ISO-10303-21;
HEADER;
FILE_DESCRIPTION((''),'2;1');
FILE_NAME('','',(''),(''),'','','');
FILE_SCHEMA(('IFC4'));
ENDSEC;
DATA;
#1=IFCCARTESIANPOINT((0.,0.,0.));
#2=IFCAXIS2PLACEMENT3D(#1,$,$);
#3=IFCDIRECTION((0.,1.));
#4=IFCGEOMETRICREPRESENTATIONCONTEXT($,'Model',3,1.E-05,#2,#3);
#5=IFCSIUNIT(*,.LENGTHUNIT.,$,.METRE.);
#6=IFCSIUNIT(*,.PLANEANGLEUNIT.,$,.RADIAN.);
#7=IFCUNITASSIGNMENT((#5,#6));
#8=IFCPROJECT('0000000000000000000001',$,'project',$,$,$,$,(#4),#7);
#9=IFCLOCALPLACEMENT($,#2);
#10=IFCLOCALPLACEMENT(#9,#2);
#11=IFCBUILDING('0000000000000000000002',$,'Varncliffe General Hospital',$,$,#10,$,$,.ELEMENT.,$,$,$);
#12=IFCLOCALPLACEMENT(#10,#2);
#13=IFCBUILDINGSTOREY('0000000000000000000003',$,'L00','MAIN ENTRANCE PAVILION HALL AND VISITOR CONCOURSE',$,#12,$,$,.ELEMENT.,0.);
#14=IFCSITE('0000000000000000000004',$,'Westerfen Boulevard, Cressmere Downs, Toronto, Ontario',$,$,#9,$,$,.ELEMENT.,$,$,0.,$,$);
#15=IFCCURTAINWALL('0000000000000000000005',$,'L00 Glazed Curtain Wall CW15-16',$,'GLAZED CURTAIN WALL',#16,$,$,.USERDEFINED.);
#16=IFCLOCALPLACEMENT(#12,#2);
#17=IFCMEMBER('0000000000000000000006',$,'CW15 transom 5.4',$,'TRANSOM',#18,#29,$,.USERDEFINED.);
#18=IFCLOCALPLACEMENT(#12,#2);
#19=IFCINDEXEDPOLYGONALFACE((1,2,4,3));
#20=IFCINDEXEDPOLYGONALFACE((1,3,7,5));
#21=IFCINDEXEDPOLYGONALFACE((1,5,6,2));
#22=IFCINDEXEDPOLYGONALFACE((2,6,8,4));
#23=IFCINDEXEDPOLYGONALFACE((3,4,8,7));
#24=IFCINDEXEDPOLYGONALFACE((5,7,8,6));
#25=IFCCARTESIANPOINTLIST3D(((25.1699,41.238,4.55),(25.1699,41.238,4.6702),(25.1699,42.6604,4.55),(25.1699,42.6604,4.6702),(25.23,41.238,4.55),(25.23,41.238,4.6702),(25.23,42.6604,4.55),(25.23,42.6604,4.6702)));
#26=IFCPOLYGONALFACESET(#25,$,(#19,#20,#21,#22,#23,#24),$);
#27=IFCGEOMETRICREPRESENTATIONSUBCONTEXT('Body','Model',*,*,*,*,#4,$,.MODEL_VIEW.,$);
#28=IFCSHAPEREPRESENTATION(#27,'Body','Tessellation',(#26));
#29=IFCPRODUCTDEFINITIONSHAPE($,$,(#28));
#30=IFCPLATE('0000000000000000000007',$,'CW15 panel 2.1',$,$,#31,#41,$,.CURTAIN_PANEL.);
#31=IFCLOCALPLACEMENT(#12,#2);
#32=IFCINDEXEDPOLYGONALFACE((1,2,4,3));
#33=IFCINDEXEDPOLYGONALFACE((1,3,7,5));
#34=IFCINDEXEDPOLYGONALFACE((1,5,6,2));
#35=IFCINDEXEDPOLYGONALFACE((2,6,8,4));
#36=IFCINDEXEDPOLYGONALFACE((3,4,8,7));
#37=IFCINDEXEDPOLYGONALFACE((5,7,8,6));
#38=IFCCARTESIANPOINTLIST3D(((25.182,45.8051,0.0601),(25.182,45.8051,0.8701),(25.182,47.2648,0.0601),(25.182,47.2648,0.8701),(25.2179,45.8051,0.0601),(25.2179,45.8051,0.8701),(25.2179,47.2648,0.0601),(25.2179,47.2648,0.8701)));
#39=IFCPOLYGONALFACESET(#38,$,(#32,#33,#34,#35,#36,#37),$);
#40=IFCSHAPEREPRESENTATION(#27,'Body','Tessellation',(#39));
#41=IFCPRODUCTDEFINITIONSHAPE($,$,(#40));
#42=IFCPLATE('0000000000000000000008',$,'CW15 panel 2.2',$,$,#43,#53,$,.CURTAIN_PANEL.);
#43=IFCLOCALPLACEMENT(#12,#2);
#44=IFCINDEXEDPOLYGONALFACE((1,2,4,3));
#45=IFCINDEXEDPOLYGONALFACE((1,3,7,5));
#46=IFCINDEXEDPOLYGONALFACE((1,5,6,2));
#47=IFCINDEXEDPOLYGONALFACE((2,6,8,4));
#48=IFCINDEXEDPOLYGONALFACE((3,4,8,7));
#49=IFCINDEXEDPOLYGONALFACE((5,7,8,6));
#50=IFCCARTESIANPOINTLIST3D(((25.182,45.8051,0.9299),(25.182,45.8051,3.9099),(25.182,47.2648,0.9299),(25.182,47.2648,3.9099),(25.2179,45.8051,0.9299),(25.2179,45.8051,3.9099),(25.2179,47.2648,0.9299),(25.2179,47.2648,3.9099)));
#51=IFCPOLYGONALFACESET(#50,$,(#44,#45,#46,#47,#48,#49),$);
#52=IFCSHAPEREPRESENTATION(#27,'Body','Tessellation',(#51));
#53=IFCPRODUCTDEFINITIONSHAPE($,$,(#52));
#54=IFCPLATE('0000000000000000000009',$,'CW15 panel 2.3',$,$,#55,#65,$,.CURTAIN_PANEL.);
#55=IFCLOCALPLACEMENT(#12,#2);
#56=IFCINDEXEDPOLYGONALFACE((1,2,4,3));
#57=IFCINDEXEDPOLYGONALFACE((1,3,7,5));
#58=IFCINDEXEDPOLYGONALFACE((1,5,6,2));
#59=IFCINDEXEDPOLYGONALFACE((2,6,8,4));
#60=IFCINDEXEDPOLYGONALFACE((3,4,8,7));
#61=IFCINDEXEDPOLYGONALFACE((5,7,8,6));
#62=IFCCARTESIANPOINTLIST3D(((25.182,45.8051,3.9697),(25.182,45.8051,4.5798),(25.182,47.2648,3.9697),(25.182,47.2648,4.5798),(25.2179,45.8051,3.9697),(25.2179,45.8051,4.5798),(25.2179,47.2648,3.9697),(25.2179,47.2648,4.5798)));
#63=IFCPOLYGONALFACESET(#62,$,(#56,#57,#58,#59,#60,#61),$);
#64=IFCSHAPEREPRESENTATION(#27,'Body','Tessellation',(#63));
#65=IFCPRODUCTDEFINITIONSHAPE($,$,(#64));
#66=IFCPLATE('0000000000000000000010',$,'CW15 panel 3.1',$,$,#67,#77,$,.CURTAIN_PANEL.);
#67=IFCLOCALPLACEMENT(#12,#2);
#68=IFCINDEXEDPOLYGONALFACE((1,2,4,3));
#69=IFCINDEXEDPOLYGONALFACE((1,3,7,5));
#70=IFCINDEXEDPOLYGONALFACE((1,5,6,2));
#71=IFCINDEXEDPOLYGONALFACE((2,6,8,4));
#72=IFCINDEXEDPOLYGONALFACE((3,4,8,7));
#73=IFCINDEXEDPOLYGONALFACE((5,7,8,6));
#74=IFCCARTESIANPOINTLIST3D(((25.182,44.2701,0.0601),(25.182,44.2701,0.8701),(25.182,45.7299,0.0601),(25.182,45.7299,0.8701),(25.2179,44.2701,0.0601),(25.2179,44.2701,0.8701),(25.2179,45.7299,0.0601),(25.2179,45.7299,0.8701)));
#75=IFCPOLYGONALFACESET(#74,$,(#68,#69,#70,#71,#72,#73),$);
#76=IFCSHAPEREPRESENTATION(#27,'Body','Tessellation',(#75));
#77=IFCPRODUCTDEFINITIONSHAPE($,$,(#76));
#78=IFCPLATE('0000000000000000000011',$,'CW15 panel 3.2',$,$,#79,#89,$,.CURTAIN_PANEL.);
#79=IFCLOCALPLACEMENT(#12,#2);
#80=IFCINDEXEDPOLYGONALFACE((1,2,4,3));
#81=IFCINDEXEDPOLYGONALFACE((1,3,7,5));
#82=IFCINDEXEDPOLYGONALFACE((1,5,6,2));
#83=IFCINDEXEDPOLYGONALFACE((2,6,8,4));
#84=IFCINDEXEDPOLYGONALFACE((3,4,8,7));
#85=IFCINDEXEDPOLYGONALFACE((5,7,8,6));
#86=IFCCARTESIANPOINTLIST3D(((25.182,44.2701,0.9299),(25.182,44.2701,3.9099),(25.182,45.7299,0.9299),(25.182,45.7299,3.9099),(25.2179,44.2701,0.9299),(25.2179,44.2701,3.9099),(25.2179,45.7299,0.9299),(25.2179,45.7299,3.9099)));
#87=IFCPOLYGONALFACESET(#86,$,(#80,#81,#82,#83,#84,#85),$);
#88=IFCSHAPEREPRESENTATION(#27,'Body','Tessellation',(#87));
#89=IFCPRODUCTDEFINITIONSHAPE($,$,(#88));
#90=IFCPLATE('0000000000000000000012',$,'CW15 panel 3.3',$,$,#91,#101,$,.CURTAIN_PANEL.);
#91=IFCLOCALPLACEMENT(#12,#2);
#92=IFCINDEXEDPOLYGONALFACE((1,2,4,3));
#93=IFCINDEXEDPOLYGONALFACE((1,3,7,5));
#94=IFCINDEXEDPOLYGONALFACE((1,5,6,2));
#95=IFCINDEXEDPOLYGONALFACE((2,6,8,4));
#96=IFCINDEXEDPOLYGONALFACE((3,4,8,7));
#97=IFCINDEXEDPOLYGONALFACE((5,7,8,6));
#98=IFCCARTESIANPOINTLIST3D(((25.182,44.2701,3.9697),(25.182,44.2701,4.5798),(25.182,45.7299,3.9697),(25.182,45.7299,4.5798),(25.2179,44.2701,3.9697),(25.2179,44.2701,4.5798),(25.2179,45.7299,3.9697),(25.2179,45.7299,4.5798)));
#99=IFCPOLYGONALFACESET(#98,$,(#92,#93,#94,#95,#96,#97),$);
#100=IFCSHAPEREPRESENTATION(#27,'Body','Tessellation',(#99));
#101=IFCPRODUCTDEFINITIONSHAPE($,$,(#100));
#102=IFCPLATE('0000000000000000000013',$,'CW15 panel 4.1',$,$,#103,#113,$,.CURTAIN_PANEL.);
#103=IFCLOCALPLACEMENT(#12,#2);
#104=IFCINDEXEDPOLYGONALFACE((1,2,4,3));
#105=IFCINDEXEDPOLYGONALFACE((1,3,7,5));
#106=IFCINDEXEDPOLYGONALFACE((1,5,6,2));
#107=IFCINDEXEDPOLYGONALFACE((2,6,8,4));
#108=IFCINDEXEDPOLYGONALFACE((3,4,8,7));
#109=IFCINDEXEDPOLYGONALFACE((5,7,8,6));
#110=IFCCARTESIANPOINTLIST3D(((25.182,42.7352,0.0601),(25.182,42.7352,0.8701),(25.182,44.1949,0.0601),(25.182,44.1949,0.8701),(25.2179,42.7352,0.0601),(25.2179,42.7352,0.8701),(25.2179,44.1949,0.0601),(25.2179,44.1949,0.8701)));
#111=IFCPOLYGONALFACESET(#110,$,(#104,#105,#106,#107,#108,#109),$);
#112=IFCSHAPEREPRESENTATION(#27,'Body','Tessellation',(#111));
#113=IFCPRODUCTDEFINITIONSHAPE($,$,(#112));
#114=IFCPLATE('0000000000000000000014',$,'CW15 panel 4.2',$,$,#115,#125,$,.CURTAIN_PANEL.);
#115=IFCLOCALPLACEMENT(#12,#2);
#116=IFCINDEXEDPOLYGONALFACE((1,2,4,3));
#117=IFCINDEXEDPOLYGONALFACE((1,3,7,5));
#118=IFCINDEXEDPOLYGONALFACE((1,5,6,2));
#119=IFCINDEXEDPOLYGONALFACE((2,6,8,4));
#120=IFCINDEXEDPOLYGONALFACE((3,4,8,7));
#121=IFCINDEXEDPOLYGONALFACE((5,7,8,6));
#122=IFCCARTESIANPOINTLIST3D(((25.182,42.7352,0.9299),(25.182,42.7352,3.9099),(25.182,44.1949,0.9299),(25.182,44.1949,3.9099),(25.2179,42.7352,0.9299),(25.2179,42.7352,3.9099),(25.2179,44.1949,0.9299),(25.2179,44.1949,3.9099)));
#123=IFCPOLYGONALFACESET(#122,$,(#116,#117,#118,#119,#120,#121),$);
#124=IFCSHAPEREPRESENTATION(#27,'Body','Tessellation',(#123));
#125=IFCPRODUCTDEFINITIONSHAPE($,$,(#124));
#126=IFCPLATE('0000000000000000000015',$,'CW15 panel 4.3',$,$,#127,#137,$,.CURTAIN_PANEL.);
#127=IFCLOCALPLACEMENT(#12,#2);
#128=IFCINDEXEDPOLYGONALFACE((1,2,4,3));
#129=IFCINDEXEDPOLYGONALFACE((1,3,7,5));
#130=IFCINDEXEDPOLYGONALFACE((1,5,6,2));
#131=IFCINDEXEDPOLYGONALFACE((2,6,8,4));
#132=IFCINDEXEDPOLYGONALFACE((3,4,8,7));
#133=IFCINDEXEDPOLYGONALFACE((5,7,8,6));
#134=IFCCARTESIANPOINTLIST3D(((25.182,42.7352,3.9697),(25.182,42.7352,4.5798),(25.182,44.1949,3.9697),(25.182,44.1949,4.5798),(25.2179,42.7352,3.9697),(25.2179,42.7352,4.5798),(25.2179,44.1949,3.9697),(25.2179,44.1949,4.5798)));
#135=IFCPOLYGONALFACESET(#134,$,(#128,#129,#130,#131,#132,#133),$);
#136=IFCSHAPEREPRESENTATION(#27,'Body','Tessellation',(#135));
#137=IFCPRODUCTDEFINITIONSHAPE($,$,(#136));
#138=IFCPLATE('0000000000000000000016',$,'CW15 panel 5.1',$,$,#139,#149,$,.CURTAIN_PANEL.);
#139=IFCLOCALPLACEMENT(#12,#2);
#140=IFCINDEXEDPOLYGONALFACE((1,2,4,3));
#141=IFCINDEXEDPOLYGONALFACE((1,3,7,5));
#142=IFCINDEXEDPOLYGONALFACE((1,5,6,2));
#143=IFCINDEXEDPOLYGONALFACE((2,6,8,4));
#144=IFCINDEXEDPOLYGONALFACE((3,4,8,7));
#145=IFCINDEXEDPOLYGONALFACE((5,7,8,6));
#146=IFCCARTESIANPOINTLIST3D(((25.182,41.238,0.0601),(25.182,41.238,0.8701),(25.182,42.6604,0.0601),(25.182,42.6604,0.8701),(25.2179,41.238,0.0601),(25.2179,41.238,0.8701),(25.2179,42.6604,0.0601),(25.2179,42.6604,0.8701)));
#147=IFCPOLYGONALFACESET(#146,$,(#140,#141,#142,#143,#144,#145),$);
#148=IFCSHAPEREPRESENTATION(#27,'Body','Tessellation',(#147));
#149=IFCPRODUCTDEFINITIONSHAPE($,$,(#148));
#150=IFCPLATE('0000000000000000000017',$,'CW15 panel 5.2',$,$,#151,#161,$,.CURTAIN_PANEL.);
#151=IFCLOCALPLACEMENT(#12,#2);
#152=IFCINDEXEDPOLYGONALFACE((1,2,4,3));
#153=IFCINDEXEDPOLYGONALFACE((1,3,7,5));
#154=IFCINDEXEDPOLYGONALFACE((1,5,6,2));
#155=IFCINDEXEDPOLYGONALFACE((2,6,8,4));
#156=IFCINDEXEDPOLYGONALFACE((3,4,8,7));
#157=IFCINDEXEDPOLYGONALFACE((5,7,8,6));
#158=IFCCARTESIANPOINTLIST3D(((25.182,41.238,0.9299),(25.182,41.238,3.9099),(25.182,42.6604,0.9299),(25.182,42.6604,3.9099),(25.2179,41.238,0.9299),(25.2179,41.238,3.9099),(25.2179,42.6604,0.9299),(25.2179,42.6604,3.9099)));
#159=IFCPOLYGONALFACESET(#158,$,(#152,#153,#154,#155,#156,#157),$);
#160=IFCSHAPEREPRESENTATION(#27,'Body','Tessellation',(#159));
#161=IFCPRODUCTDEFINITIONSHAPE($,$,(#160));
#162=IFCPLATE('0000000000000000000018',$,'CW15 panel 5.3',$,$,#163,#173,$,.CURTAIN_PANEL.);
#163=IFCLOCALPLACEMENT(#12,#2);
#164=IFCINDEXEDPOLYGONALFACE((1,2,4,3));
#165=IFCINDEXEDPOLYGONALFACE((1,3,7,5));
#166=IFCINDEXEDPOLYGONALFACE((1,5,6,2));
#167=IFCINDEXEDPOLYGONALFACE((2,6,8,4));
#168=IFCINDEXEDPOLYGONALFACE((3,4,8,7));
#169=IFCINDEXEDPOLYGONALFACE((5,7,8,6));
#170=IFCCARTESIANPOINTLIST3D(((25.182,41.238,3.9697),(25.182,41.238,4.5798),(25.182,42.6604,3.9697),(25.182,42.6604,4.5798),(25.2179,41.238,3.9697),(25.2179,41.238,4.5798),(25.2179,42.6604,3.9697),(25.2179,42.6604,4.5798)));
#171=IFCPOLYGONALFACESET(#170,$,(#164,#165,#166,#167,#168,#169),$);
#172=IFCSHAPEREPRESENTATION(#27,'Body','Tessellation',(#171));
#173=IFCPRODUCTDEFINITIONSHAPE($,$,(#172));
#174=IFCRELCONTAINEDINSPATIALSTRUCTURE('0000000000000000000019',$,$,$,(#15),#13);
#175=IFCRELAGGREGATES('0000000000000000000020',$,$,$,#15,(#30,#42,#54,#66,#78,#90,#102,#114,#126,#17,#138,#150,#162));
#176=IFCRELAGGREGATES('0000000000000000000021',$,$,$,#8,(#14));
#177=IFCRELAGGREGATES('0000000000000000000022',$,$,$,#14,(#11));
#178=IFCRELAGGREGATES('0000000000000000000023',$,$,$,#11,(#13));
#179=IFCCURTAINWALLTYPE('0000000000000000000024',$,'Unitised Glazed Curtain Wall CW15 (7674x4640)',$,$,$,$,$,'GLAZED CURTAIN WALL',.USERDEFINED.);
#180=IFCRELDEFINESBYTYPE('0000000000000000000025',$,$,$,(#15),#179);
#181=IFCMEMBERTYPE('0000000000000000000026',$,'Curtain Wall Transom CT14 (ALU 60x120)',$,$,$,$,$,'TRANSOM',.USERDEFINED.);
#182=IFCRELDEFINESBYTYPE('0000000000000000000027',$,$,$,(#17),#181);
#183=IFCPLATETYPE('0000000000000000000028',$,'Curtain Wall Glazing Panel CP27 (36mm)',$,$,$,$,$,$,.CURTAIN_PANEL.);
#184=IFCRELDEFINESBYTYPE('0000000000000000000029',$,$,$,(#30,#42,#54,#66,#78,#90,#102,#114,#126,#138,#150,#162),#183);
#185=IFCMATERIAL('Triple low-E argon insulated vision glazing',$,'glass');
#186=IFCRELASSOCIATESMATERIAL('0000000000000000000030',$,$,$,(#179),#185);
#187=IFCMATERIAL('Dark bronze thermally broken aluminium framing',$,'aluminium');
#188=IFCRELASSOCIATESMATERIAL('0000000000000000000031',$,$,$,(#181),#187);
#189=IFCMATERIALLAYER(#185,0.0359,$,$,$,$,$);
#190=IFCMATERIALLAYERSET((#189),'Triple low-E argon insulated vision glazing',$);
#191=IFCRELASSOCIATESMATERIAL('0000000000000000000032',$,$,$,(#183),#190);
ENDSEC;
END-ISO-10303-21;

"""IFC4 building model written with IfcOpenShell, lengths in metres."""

from ifc_helpers import new_model, si_unit, direction, frame, origin, origin_2d, place, context, subcontext, project, spatial, rectangle, extrude, material, layer, layer_set, material_profile, profile_set, type_object, element, aggregate, save


model = new_model("IFC4")

# Units and contexts
model_context = context("Model", 3, precision=1e-05, world=origin(), true_north=direction((0.0, 1.0)))
body_context = subcontext(model_context, "Body", "Model", "MODEL_VIEW")
ifc_project = project(units=[si_unit("LENGTHUNIT", "METRE"), si_unit("PLANEANGLEUNIT", "RADIAN")], contexts=[model_context])

# Site, building, storey
site_placement = place(None, origin())
site = spatial("IfcSite", under=ifc_project, at=site_placement, Name="Westerfen Boulevard, Cressmere Downs, Toronto, Ontario", CompositionType="ELEMENT", RefElevation=0.0)
building_placement = place(site_placement, origin())
building = spatial("IfcBuilding", under=site, at=building_placement, Name="Varncliffe General Hospital", CompositionType="ELEMENT")
storey_placement = place(building_placement, origin())
storey = spatial("IfcBuildingStorey", under=building, at=storey_placement, Name="L00", Description="MAIN ENTRANCE PAVILION HALL AND VISITOR CONCOURSE", CompositionType="ELEMENT", Elevation=0.0)

# Curtain wall, member, plates
ifc_material_1 = material(Name="Triple low-E argon insulated vision glazing", Category="glass")
curtain_wall_type = type_object("IfcCurtainWallType", Name="Unitised Glazed Curtain Wall CW15 (7674x4640)", ElementType="GLAZED CURTAIN WALL", PredefinedType="USERDEFINED", material=ifc_material_1)
curtain_wall_placement = place(storey_placement, origin())
curtain_wall = element("IfcCurtainWall", 1, at=curtain_wall_placement, inside=storey, type_object=curtain_wall_type, Name="L00 Glazed Curtain Wall CW15-16", ObjectType="GLAZED CURTAIN WALL", PredefinedType="USERDEFINED")
ifc_material_2 = material(Name="Dark bronze thermally broken aluminium framing", Category="aluminium")
ifc_material_profile_1 = material_profile(ifc_material_2, rectangle(XDim=0.0601, YDim=0.1201, at=origin_2d()), Name="ALU 60x120")
ifc_profile_set_1 = profile_set([ifc_material_profile_1], Name="Dark bronze thermally broken aluminium framing")
member_type_1 = type_object("IfcMemberType", Name="Curtain Wall Transom CT14 (ALU 60x120)", ElementType="TRANSOM", PredefinedType="USERDEFINED", material=ifc_profile_set_1)
member_1_placement = place(storey_placement, frame((25.2, 42.6604, 4.6101), z_axis=(0.0, -1.0, 0.0), x_axis=(1.0, 0.0, 0.0)))
member_1 = element("IfcMember", 2, at=member_1_placement, type_object=member_type_1, Name="CW15 transom 5.4", ObjectType="TRANSOM", PredefinedType="USERDEFINED", context=body_context, shape_type="SweptSolid", body=[
    extrude(rectangle(XDim=0.0601, YDim=0.1201, at=origin_2d()), origin(), (0.0, 0.0, 1.0), 1.4224),
])
ifc_layer = layer(ifc_material_1, 0.0359)
ifc_layer_set = layer_set([ifc_layer], Name="Triple low-E argon insulated vision glazing")
plate_type = type_object("IfcPlateType", Name="Curtain Wall Glazing Panel CP27 (36mm)", PredefinedType="CURTAIN_PANEL", material=ifc_layer_set)
plate_1_placement = place(storey_placement, frame((25.2, 46.5349, 0.0601), z_axis=(0.0, 0.0, 1.0), x_axis=(0.0, -1.0, 0.0)))
plate_1 = element("IfcPlate", 3, at=plate_1_placement, type_object=plate_type, Name="CW15 panel 2.1", PredefinedType="CURTAIN_PANEL", context=body_context, shape_type="SweptSolid", body=[
    extrude(rectangle(XDim=1.4597, YDim=0.0359, at=origin_2d()), origin(), (0.0, 0.0, 1.0), 0.8101),
])
plate_2_placement = place(storey_placement, frame((25.2, 46.5349, 0.9299), z_axis=(0.0, 0.0, 1.0), x_axis=(0.0, -1.0, 0.0)))
plate_2 = element("IfcPlate", 4, at=plate_2_placement, type_object=plate_type, Name="CW15 panel 2.2", PredefinedType="CURTAIN_PANEL", context=body_context, shape_type="SweptSolid", body=[
    extrude(rectangle(XDim=1.4597, YDim=0.0359, at=origin_2d()), origin(), (0.0, 0.0, 1.0), 2.98),
])
plate_3_placement = place(storey_placement, frame((25.2, 46.5349, 3.9697), z_axis=(0.0, 0.0, 1.0), x_axis=(0.0, -1.0, 0.0)))
plate_3 = element("IfcPlate", 5, at=plate_3_placement, type_object=plate_type, Name="CW15 panel 2.3", PredefinedType="CURTAIN_PANEL", context=body_context, shape_type="SweptSolid", body=[
    extrude(rectangle(XDim=1.4597, YDim=0.0359, at=origin_2d()), origin(), (0.0, 0.0, 1.0), 0.6101),
])
plate_4_placement = place(storey_placement, frame((25.2, 45.0, 0.0601), z_axis=(0.0, 0.0, 1.0), x_axis=(0.0, -1.0, 0.0)))
plate_4 = element("IfcPlate", 6, at=plate_4_placement, type_object=plate_type, Name="CW15 panel 3.1", PredefinedType="CURTAIN_PANEL", context=body_context, shape_type="SweptSolid", body=[
    extrude(rectangle(XDim=1.4597, YDim=0.0359, at=origin_2d()), origin(), (0.0, 0.0, 1.0), 0.8101),
])
plate_5_placement = place(storey_placement, frame((25.2, 45.0, 0.9299), z_axis=(0.0, 0.0, 1.0), x_axis=(0.0, -1.0, 0.0)))
plate_5 = element("IfcPlate", 7, at=plate_5_placement, type_object=plate_type, Name="CW15 panel 3.2", PredefinedType="CURTAIN_PANEL", context=body_context, shape_type="SweptSolid", body=[
    extrude(rectangle(XDim=1.4597, YDim=0.0359, at=origin_2d()), origin(), (0.0, 0.0, 1.0), 2.98),
])
plate_6_placement = place(storey_placement, frame((25.2, 45.0, 3.9697), z_axis=(0.0, 0.0, 1.0), x_axis=(0.0, -1.0, 0.0)))
plate_6 = element("IfcPlate", 8, at=plate_6_placement, type_object=plate_type, Name="CW15 panel 3.3", PredefinedType="CURTAIN_PANEL", context=body_context, shape_type="SweptSolid", body=[
    extrude(rectangle(XDim=1.4597, YDim=0.0359, at=origin_2d()), origin(), (0.0, 0.0, 1.0), 0.6101),
])
plate_7_placement = place(storey_placement, frame((25.2, 43.4651, 0.0601), z_axis=(0.0, 0.0, 1.0), x_axis=(0.0, -1.0, 0.0)))
plate_7 = element("IfcPlate", 9, at=plate_7_placement, type_object=plate_type, Name="CW15 panel 4.1", PredefinedType="CURTAIN_PANEL", context=body_context, shape_type="SweptSolid", body=[
    extrude(rectangle(XDim=1.4597, YDim=0.0359, at=origin_2d()), origin(), (0.0, 0.0, 1.0), 0.8101),
])
plate_8_placement = place(storey_placement, frame((25.2, 43.4651, 0.9299), z_axis=(0.0, 0.0, 1.0), x_axis=(0.0, -1.0, 0.0)))
plate_8 = element("IfcPlate", 10, at=plate_8_placement, type_object=plate_type, Name="CW15 panel 4.2", PredefinedType="CURTAIN_PANEL", context=body_context, shape_type="SweptSolid", body=[
    extrude(rectangle(XDim=1.4597, YDim=0.0359, at=origin_2d()), origin(), (0.0, 0.0, 1.0), 2.98),
])
plate_9_placement = place(storey_placement, frame((25.2, 43.4651, 3.9697), z_axis=(0.0, 0.0, 1.0), x_axis=(0.0, -1.0, 0.0)))
plate_9 = element("IfcPlate", 11, at=plate_9_placement, type_object=plate_type, Name="CW15 panel 4.3", PredefinedType="CURTAIN_PANEL", context=body_context, shape_type="SweptSolid", body=[
    extrude(rectangle(XDim=1.4597, YDim=0.0359, at=origin_2d()), origin(), (0.0, 0.0, 1.0), 0.6101),
])
plate_10_placement = place(storey_placement, frame((25.2, 41.9492, 0.0601), z_axis=(0.0, 0.0, 1.0), x_axis=(0.0, -1.0, 0.0)))
plate_10 = element("IfcPlate", 12, at=plate_10_placement, type_object=plate_type, Name="CW15 panel 5.1", PredefinedType="CURTAIN_PANEL", context=body_context, shape_type="SweptSolid", body=[
    extrude(rectangle(XDim=1.4224, YDim=0.0359, at=origin_2d()), origin(), (0.0, 0.0, 1.0), 0.8101),
])
plate_11_placement = place(storey_placement, frame((25.2, 41.9492, 0.9299), z_axis=(0.0, 0.0, 1.0), x_axis=(0.0, -1.0, 0.0)))
plate_11 = element("IfcPlate", 13, at=plate_11_placement, type_object=plate_type, Name="CW15 panel 5.2", PredefinedType="CURTAIN_PANEL", context=body_context, shape_type="SweptSolid", body=[
    extrude(rectangle(XDim=1.4224, YDim=0.0359, at=origin_2d()), origin(), (0.0, 0.0, 1.0), 2.98),
])
plate_12_placement = place(storey_placement, frame((25.2, 41.9492, 3.9697), z_axis=(0.0, 0.0, 1.0), x_axis=(0.0, -1.0, 0.0)))
plate_12 = element("IfcPlate", 14, at=plate_12_placement, type_object=plate_type, Name="CW15 panel 5.3", PredefinedType="CURTAIN_PANEL", context=body_context, shape_type="SweptSolid", body=[
    extrude(rectangle(XDim=1.4224, YDim=0.0359, at=origin_2d()), origin(), (0.0, 0.0, 1.0), 0.6101),
])
aggregate(curtain_wall, [plate_1, plate_2, plate_3, plate_4, plate_5, plate_6, plate_7, plate_8, plate_9, member_1, plate_10, plate_11, plate_12])

save(model, "model.ifc")
